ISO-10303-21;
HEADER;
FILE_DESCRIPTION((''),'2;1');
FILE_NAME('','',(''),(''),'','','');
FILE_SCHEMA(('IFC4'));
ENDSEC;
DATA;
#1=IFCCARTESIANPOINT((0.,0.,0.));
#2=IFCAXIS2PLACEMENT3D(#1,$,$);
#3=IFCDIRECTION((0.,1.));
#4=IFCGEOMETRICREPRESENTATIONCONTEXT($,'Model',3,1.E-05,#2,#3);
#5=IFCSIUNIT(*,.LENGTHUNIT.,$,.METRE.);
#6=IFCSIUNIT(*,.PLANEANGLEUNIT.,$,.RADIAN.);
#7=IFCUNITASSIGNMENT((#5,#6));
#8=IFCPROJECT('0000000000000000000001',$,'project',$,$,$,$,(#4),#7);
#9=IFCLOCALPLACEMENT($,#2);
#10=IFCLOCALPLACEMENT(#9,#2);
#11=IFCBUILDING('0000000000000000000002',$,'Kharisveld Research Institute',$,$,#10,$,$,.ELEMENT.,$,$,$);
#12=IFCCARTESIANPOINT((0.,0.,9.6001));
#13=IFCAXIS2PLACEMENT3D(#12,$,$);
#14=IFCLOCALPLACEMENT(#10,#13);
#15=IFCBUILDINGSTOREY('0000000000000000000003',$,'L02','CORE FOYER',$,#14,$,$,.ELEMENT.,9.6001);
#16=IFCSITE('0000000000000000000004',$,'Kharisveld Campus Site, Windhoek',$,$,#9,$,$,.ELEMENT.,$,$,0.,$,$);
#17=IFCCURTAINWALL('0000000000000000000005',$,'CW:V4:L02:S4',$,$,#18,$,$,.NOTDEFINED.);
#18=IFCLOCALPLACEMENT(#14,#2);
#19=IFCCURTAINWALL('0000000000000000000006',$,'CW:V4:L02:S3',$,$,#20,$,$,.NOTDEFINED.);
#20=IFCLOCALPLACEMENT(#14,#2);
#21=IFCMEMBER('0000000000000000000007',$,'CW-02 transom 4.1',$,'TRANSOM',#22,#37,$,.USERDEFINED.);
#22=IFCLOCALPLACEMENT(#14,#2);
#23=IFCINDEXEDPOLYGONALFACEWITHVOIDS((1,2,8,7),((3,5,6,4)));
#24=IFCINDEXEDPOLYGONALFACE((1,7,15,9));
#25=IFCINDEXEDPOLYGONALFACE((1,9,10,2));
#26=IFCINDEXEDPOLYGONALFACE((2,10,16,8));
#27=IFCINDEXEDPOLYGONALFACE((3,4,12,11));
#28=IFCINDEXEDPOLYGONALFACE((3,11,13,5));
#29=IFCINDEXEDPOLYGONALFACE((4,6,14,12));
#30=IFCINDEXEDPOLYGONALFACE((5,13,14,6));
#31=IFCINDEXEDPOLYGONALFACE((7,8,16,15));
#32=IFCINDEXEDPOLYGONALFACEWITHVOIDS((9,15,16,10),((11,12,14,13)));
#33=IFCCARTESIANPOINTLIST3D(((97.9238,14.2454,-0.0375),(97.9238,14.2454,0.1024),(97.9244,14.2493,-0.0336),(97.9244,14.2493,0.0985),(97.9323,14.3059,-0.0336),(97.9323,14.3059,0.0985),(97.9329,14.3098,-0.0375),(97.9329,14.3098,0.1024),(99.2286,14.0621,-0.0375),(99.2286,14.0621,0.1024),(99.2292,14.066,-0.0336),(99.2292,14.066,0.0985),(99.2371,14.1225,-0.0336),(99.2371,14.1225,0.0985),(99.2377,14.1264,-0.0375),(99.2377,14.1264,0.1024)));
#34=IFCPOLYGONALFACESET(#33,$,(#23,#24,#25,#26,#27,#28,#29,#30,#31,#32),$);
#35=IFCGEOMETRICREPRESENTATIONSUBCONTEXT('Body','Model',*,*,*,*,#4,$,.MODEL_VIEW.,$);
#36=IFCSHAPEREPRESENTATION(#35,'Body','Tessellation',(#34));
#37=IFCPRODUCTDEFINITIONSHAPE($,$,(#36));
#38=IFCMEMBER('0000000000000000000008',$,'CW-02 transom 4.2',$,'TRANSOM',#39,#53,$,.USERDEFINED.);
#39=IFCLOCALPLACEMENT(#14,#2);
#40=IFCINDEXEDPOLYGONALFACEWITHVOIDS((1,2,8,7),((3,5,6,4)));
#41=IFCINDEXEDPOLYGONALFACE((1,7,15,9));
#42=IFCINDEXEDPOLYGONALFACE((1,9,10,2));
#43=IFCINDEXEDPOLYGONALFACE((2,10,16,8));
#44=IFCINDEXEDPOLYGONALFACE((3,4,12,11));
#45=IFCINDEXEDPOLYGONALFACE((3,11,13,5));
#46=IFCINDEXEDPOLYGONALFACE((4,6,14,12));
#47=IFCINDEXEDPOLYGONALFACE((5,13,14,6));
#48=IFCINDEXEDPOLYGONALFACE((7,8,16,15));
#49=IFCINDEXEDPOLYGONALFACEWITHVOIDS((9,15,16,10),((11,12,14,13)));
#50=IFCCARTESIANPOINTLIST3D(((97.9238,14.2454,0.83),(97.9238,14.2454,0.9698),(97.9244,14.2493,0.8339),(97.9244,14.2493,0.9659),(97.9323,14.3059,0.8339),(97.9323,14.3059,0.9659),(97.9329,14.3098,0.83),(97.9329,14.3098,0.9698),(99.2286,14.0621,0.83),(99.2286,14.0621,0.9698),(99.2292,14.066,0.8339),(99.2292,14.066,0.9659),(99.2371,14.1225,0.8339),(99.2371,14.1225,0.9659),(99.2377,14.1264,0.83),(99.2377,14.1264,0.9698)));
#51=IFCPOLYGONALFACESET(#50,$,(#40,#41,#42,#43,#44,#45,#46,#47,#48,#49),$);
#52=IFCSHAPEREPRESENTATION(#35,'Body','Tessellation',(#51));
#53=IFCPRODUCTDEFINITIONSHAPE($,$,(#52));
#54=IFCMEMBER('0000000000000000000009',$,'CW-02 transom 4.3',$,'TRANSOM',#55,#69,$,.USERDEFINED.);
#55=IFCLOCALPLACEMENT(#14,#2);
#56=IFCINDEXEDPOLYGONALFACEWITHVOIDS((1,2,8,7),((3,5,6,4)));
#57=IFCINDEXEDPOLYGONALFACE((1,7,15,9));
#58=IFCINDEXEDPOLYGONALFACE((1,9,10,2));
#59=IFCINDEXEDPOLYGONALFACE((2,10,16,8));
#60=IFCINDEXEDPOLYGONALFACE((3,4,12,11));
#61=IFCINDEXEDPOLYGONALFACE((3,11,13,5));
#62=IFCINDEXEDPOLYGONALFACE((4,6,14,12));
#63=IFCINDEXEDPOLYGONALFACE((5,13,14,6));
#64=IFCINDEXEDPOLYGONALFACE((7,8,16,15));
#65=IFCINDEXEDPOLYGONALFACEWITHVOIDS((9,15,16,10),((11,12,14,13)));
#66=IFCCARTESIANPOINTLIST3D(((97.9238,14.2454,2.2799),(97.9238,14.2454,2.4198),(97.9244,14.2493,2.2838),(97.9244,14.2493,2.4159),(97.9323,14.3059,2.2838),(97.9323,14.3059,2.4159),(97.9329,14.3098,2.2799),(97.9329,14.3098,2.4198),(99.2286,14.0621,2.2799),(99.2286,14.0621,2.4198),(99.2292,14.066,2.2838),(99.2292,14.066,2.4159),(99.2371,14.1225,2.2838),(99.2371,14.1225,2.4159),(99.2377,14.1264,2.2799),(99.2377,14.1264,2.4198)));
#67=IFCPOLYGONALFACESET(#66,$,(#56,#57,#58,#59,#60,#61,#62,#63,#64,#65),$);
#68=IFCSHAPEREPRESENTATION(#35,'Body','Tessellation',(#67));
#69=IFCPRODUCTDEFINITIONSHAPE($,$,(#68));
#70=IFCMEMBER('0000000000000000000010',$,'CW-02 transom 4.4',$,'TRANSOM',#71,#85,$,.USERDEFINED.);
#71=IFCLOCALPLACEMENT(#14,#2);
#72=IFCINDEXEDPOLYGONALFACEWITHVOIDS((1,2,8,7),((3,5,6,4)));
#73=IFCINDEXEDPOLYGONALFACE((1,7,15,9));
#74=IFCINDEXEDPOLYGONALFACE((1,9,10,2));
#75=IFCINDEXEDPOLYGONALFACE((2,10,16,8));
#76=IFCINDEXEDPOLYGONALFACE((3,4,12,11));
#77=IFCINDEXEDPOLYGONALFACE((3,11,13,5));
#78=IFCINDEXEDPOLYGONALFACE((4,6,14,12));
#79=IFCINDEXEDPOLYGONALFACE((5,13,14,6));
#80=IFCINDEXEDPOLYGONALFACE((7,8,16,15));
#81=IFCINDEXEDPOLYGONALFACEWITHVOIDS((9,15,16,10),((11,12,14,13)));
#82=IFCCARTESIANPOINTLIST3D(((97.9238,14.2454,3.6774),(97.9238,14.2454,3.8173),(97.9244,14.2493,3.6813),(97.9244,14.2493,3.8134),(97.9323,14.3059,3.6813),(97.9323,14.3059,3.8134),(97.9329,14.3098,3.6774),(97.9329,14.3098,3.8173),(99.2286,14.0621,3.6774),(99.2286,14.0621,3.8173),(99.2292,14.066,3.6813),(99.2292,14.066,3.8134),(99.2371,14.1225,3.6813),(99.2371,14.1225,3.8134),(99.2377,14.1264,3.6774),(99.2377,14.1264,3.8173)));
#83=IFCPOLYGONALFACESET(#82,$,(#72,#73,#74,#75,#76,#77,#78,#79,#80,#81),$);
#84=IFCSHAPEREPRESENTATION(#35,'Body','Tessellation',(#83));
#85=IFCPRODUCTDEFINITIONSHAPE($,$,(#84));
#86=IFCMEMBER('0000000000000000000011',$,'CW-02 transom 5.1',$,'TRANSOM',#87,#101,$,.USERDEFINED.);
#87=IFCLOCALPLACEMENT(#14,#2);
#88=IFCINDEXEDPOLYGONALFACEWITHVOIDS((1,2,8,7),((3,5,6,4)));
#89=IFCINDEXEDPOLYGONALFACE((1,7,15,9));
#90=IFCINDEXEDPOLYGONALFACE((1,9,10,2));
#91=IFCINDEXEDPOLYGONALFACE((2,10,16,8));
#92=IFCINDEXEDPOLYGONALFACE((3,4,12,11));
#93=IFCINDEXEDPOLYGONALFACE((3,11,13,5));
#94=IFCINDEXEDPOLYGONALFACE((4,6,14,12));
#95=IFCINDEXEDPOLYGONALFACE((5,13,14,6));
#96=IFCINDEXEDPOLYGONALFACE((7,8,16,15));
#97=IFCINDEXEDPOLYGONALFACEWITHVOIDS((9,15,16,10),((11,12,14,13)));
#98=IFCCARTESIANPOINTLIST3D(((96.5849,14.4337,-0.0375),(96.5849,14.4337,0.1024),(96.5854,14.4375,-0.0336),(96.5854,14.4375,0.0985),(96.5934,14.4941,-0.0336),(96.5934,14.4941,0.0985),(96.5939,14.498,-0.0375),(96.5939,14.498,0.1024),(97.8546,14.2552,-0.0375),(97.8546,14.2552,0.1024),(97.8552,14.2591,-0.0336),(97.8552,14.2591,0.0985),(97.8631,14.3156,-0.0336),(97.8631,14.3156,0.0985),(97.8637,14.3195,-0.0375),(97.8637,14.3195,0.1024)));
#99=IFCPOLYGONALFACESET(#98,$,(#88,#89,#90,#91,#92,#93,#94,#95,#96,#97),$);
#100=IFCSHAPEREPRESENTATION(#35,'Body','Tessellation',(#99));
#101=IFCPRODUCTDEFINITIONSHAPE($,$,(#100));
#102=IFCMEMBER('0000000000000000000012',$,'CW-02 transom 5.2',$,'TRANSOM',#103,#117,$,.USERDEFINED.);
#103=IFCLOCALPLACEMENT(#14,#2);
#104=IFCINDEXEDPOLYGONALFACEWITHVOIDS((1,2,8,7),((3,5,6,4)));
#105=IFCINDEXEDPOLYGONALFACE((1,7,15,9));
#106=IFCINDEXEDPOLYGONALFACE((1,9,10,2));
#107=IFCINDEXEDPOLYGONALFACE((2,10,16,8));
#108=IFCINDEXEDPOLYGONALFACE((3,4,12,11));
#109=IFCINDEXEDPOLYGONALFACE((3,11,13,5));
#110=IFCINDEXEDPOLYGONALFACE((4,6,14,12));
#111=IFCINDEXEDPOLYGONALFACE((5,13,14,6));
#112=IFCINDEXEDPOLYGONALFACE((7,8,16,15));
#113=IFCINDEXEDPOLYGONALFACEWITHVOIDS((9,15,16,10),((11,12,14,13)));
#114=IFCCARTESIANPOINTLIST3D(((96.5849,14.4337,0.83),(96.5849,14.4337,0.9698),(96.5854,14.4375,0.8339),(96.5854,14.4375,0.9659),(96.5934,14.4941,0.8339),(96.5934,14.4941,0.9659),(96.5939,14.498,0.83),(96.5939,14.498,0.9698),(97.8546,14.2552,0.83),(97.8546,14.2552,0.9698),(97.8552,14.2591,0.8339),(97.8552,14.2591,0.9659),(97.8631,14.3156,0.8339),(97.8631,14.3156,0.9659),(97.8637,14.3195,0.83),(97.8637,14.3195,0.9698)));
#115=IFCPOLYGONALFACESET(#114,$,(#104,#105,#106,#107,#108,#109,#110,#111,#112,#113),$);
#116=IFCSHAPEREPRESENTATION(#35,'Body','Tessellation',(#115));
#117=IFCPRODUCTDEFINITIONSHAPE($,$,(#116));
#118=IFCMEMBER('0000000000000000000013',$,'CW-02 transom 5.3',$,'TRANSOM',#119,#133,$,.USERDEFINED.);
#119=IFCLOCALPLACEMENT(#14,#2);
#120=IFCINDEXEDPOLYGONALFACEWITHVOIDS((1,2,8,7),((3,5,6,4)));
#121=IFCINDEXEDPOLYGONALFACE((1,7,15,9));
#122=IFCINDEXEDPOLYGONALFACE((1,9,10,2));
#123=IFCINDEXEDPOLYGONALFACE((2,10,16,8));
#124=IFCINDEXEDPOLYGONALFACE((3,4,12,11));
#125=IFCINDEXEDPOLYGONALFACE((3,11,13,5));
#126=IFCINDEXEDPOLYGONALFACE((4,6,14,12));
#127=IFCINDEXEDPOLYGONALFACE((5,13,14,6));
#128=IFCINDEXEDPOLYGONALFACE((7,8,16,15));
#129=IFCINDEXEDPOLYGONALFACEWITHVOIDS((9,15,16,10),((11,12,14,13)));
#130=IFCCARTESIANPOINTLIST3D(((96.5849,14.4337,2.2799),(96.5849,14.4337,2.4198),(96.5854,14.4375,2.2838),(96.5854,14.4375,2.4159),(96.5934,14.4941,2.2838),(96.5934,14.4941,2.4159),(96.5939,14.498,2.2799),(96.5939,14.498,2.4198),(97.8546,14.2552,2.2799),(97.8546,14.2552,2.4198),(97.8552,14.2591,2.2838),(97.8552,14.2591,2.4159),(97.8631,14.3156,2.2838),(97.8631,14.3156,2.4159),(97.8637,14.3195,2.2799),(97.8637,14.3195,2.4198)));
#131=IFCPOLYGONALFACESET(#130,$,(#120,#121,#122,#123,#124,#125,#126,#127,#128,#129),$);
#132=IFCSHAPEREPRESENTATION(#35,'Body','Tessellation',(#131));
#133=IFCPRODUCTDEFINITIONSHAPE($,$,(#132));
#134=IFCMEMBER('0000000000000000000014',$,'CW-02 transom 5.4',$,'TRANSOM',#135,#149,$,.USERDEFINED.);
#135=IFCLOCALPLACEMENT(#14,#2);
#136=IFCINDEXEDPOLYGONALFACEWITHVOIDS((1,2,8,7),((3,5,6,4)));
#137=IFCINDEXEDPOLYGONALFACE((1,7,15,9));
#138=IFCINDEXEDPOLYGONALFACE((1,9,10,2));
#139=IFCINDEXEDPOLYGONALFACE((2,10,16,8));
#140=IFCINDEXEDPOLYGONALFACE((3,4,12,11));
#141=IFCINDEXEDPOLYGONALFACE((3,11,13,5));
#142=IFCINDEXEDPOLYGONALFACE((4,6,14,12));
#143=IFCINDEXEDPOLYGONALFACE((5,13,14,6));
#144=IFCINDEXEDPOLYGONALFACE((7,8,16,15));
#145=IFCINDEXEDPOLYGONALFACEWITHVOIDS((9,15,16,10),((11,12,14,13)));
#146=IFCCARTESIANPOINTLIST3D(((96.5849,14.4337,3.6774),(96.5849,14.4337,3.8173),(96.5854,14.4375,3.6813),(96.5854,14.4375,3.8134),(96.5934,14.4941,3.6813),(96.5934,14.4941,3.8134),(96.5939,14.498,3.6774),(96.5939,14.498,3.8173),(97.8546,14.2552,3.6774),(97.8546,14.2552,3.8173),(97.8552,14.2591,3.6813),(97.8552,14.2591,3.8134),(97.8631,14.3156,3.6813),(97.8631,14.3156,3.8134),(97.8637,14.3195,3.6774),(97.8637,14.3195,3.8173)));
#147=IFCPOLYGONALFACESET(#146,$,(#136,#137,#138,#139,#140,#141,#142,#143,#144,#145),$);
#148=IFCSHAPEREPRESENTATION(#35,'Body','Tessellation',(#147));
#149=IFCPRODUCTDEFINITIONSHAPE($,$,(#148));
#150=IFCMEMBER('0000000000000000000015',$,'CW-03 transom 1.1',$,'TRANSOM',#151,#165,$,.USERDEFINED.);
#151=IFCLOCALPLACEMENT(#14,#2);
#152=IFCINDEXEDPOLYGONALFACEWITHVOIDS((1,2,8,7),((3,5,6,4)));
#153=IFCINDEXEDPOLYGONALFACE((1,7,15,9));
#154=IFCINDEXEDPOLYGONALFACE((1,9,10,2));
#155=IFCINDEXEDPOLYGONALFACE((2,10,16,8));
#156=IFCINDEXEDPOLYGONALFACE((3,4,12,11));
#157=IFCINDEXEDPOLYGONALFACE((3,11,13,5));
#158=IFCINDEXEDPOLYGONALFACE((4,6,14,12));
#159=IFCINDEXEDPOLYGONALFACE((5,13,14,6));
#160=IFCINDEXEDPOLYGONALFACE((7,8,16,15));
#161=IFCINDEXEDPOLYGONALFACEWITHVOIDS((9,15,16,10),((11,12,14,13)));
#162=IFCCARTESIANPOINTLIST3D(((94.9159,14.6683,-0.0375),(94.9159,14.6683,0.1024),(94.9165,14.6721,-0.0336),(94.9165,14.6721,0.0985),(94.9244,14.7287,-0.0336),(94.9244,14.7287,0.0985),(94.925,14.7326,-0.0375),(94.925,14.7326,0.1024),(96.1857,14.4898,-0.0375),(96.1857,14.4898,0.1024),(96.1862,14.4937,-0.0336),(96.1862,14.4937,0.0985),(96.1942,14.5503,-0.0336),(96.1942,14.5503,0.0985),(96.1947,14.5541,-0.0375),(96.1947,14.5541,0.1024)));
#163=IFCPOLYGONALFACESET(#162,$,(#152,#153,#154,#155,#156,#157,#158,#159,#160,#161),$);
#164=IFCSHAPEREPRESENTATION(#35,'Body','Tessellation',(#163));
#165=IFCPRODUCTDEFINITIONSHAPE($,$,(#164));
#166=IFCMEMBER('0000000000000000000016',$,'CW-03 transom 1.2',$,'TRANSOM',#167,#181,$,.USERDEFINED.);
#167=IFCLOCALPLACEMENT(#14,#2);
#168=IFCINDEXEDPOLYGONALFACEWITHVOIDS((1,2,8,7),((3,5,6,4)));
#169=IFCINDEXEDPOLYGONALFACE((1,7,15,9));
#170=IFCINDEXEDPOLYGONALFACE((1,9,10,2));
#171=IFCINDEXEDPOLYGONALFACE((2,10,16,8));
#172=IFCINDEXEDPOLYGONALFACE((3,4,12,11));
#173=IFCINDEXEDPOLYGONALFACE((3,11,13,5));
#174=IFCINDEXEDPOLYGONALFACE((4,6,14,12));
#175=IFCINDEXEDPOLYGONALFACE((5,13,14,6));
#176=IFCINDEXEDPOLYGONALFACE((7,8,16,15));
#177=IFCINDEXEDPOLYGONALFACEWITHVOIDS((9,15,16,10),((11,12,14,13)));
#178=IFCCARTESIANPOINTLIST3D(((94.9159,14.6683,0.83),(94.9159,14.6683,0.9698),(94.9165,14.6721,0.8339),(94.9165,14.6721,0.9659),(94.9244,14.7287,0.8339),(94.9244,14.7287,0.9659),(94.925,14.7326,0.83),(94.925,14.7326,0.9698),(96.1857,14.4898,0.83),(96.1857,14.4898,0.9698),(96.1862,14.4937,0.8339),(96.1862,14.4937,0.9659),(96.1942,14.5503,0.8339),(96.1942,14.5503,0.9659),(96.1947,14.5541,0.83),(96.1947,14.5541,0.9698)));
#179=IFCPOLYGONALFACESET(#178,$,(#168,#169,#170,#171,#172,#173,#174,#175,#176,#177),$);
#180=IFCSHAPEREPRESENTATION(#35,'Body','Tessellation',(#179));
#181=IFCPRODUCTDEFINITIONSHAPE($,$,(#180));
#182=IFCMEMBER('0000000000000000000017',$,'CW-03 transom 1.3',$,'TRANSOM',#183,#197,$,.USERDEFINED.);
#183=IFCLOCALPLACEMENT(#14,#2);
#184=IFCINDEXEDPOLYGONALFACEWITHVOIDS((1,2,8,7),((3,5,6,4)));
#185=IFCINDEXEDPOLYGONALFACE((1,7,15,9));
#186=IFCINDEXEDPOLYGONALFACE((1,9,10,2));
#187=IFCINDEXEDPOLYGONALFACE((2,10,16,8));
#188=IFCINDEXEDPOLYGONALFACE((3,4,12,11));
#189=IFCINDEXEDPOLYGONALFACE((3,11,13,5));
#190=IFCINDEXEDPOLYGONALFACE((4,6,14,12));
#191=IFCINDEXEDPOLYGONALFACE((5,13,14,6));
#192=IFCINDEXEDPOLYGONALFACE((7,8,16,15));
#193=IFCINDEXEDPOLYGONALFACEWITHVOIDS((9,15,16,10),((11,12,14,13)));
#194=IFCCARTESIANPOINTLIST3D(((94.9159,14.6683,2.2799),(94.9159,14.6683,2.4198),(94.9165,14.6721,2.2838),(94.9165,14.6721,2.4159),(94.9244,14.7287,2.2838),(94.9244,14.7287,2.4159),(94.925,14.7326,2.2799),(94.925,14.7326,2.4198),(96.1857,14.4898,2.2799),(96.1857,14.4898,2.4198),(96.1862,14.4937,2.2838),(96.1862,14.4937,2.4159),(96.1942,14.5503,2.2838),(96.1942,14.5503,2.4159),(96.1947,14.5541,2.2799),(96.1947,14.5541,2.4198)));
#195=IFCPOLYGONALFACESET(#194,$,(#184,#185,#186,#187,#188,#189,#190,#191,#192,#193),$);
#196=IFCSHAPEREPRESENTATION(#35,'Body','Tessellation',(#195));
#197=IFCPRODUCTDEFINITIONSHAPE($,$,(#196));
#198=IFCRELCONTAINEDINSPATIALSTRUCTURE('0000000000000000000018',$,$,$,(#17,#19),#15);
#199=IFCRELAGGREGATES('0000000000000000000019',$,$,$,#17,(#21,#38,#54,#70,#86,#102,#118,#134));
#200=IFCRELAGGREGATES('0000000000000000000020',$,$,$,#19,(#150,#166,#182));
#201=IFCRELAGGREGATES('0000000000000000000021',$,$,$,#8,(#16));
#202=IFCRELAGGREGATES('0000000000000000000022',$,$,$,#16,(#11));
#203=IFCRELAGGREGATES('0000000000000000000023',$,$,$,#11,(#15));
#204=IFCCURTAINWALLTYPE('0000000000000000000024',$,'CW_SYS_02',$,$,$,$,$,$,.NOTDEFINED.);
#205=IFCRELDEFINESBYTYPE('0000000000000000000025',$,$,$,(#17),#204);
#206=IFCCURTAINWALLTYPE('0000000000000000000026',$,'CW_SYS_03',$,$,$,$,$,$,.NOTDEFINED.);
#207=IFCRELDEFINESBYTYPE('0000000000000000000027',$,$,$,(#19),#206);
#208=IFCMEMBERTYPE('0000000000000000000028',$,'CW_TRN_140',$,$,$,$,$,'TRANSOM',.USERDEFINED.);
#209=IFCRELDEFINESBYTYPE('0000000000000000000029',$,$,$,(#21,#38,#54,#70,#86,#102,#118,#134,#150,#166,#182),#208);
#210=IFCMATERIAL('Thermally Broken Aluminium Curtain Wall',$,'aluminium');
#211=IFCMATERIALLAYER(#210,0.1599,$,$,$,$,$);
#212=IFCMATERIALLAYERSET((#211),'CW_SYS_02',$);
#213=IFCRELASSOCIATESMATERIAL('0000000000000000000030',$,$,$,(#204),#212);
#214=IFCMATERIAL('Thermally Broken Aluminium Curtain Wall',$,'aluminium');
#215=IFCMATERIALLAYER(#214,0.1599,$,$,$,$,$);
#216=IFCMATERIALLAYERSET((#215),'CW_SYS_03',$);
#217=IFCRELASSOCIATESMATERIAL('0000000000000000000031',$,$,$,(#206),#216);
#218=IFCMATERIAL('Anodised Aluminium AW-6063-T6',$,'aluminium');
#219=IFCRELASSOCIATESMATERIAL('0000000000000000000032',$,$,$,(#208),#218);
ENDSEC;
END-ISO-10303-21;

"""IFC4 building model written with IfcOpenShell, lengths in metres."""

from ifc_helpers import new_model, si_unit, direction, frame, origin, origin_2d, place, context, subcontext, project, spatial, hollow_rectangle, extrude, material, layer, layer_set, material_profile, profile_set, type_object, element, aggregate, save


model = new_model("IFC4")

# Units and contexts
model_context = context("Model", 3, precision=1e-05, world=origin(), true_north=direction((0.0, 1.0)))
body_context = subcontext(model_context, "Body", "Model", "MODEL_VIEW")
ifc_project = project(units=[si_unit("LENGTHUNIT", "METRE"), si_unit("PLANEANGLEUNIT", "RADIAN")], contexts=[model_context])

# Site, building, storey
site_placement = place(None, origin())
site = spatial("IfcSite", under=ifc_project, at=site_placement, Name="Kharisveld Campus Site, Windhoek", CompositionType="ELEMENT", RefElevation=0.0)
building_placement = place(site_placement, origin())
building = spatial("IfcBuilding", under=site, at=building_placement, Name="Kharisveld Research Institute", CompositionType="ELEMENT")
storey_placement = place(building_placement, frame((0.0, 0.0, 9.6001)))
storey = spatial("IfcBuildingStorey", under=building, at=storey_placement, Name="L02", Description="CORE FOYER", CompositionType="ELEMENT", Elevation=9.6001)

# Curtain wall
ifc_material_1 = material(Name="Thermally Broken Aluminium Curtain Wall", Category="aluminium")
ifc_layer_1 = layer(ifc_material_1, 0.1599)
ifc_layer_set_1 = layer_set([ifc_layer_1], Name="CW_SYS_02")
curtain_wall_type_1 = type_object("IfcCurtainWallType", Name="CW_SYS_02", PredefinedType="NOTDEFINED", material=ifc_layer_set_1)
curtain_wall_1_placement = place(storey_placement, origin())
curtain_wall_1 = element("IfcCurtainWall", 1, at=curtain_wall_1_placement, inside=storey, type_object=curtain_wall_type_1, Name="CW:V4:L02:S4", PredefinedType="NOTDEFINED")

# Curtain wall
ifc_material_2 = material(Name="Thermally Broken Aluminium Curtain Wall", Category="aluminium")
ifc_layer_2 = layer(ifc_material_2, 0.1599)
ifc_layer_set_2 = layer_set([ifc_layer_2], Name="CW_SYS_03")
curtain_wall_type_2 = type_object("IfcCurtainWallType", Name="CW_SYS_03", PredefinedType="NOTDEFINED", material=ifc_layer_set_2)
curtain_wall_2_placement = place(storey_placement, origin())
curtain_wall_2 = element("IfcCurtainWall", 2, at=curtain_wall_2_placement, inside=storey, type_object=curtain_wall_type_2, Name="CW:V4:L02:S3", PredefinedType="NOTDEFINED")

# Members
ifc_material_3 = material(Name="Anodised Aluminium AW-6063-T6", Category="aluminium")
ifc_material_profile_1 = material_profile(ifc_material_3, hollow_rectangle(XDim=0.0649, YDim=0.1399, WallThickness=0.0039, at=origin_2d()))
ifc_profile_set_1 = profile_set([ifc_material_profile_1], Name="Anodised Aluminium AW-6063-T6")
member_type_1 = type_object("IfcMemberType", Name="CW_TRN_140", ElementType="TRANSOM", PredefinedType="USERDEFINED", material=ifc_profile_set_1)
member_1_placement = place(storey_placement, frame((99.2332, 14.0942, 0.0325), z_axis=(-0.990269, 0.139164, 0.0), x_axis=(-0.139164, -0.990269, 0.0)))
member_1 = element("IfcMember", 3, at=member_1_placement, type_object=member_type_1, Name="CW-02 transom 4.1", ObjectType="TRANSOM", PredefinedType="USERDEFINED", context=body_context, shape_type="SweptSolid", body=[
    extrude(hollow_rectangle(XDim=0.0649, YDim=0.1399, WallThickness=0.0039, at=origin_2d()), origin(), (0.0, 0.0, 1.0), 1.3176),
])
member_2_placement = place(storey_placement, frame((99.2332, 14.0942, 0.8999), z_axis=(-0.990269, 0.139164, 0.0), x_axis=(-0.139164, -0.990269, 0.0)))
member_2 = element("IfcMember", 4, at=member_2_placement, type_object=member_type_1, Name="CW-02 transom 4.2", ObjectType="TRANSOM", PredefinedType="USERDEFINED", context=body_context, shape_type="SweptSolid", body=[
    extrude(hollow_rectangle(XDim=0.0649, YDim=0.1399, WallThickness=0.0039, at=origin_2d()), origin(), (0.0, 0.0, 1.0), 1.3176),
])
member_3_placement = place(storey_placement, frame((99.2332, 14.0942, 2.3499), z_axis=(-0.990269, 0.139164, 0.0), x_axis=(-0.139164, -0.990269, 0.0)))
member_3 = element("IfcMember", 5, at=member_3_placement, type_object=member_type_1, Name="CW-02 transom 4.3", ObjectType="TRANSOM", PredefinedType="USERDEFINED", context=body_context, shape_type="SweptSolid", body=[
    extrude(hollow_rectangle(XDim=0.0649, YDim=0.1399, WallThickness=0.0039, at=origin_2d()), origin(), (0.0, 0.0, 1.0), 1.3176),
])
member_4_placement = place(storey_placement, frame((99.2332, 14.0942, 3.7473), z_axis=(-0.990269, 0.139164, 0.0), x_axis=(-0.139164, -0.990269, 0.0)))
member_4 = element("IfcMember", 6, at=member_4_placement, type_object=member_type_1, Name="CW-02 transom 4.4", ObjectType="TRANSOM", PredefinedType="USERDEFINED", context=body_context, shape_type="SweptSolid", body=[
    extrude(hollow_rectangle(XDim=0.0649, YDim=0.1399, WallThickness=0.0039, at=origin_2d()), origin(), (0.0, 0.0, 1.0), 1.3176),
])
member_5_placement = place(storey_placement, frame((97.8591, 14.2874, 0.0325), z_axis=(-0.990267, 0.139182, 0.0), x_axis=(-0.139182, -0.990267, 0.0)))
member_5 = element("IfcMember", 7, at=member_5_placement, type_object=member_type_1, Name="CW-02 transom 5.1", ObjectType="TRANSOM", PredefinedType="USERDEFINED", context=body_context, shape_type="SweptSolid", body=[
    extrude(hollow_rectangle(XDim=0.0649, YDim=0.1399, WallThickness=0.0039, at=origin_2d()), origin(), (0.0, 0.0, 1.0), 1.2822),
])
member_6_placement = place(storey_placement, frame((97.8591, 14.2874, 0.8999), z_axis=(-0.990267, 0.139182, 0.0), x_axis=(-0.139182, -0.990267, 0.0)))
member_6 = element("IfcMember", 8, at=member_6_placement, type_object=member_type_1, Name="CW-02 transom 5.2", ObjectType="TRANSOM", PredefinedType="USERDEFINED", context=body_context, shape_type="SweptSolid", body=[
    extrude(hollow_rectangle(XDim=0.0649, YDim=0.1399, WallThickness=0.0039, at=origin_2d()), origin(), (0.0, 0.0, 1.0), 1.2822),
])
member_7_placement = place(storey_placement, frame((97.8591, 14.2874, 2.3499), z_axis=(-0.990267, 0.139182, 0.0), x_axis=(-0.139182, -0.990267, 0.0)))
member_7 = element("IfcMember", 9, at=member_7_placement, type_object=member_type_1, Name="CW-02 transom 5.3", ObjectType="TRANSOM", PredefinedType="USERDEFINED", context=body_context, shape_type="SweptSolid", body=[
    extrude(hollow_rectangle(XDim=0.0649, YDim=0.1399, WallThickness=0.0039, at=origin_2d()), origin(), (0.0, 0.0, 1.0), 1.2822),
])
member_8_placement = place(storey_placement, frame((97.8591, 14.2874, 3.7473), z_axis=(-0.990267, 0.139182, 0.0), x_axis=(-0.139182, -0.990267, 0.0)))
member_8 = element("IfcMember", 10, at=member_8_placement, type_object=member_type_1, Name="CW-02 transom 5.4", ObjectType="TRANSOM", PredefinedType="USERDEFINED", context=body_context, shape_type="SweptSolid", body=[
    extrude(hollow_rectangle(XDim=0.0649, YDim=0.1399, WallThickness=0.0039, at=origin_2d()), origin(), (0.0, 0.0, 1.0), 1.2822),
])
member_9_placement = place(storey_placement, frame((96.1902, 14.522, 0.0325), z_axis=(-0.990267, 0.139182, 0.0), x_axis=(-0.139182, -0.990267, 0.0)))
member_9 = element("IfcMember", 11, at=member_9_placement, type_object=member_type_1, Name="CW-03 transom 1.1", ObjectType="TRANSOM", PredefinedType="USERDEFINED", context=body_context, shape_type="SweptSolid", body=[
    extrude(hollow_rectangle(XDim=0.0649, YDim=0.1399, WallThickness=0.0039, at=origin_2d()), origin(), (0.0, 0.0, 1.0), 1.2822),
])
member_10_placement = place(storey_placement, frame((96.1902, 14.522, 0.8999), z_axis=(-0.990267, 0.139182, 0.0), x_axis=(-0.139182, -0.990267, 0.0)))
member_10 = element("IfcMember", 12, at=member_10_placement, type_object=member_type_1, Name="CW-03 transom 1.2", ObjectType="TRANSOM", PredefinedType="USERDEFINED", context=body_context, shape_type="SweptSolid", body=[
    extrude(hollow_rectangle(XDim=0.0649, YDim=0.1399, WallThickness=0.0039, at=origin_2d()), origin(), (0.0, 0.0, 1.0), 1.2822),
])
member_11_placement = place(storey_placement, frame((96.1902, 14.522, 2.3499), z_axis=(-0.990267, 0.139182, 0.0), x_axis=(-0.139182, -0.990267, 0.0)))
member_11 = element("IfcMember", 13, at=member_11_placement, type_object=member_type_1, Name="CW-03 transom 1.3", ObjectType="TRANSOM", PredefinedType="USERDEFINED", context=body_context, shape_type="SweptSolid", body=[
    extrude(hollow_rectangle(XDim=0.0649, YDim=0.1399, WallThickness=0.0039, at=origin_2d()), origin(), (0.0, 0.0, 1.0), 1.2822),
])

aggregate(curtain_wall_1, [member_1, member_2, member_3, member_4, member_5, member_6, member_7, member_8])
aggregate(curtain_wall_2, [member_9, member_10, member_11])

save(model, "model.ifc")
